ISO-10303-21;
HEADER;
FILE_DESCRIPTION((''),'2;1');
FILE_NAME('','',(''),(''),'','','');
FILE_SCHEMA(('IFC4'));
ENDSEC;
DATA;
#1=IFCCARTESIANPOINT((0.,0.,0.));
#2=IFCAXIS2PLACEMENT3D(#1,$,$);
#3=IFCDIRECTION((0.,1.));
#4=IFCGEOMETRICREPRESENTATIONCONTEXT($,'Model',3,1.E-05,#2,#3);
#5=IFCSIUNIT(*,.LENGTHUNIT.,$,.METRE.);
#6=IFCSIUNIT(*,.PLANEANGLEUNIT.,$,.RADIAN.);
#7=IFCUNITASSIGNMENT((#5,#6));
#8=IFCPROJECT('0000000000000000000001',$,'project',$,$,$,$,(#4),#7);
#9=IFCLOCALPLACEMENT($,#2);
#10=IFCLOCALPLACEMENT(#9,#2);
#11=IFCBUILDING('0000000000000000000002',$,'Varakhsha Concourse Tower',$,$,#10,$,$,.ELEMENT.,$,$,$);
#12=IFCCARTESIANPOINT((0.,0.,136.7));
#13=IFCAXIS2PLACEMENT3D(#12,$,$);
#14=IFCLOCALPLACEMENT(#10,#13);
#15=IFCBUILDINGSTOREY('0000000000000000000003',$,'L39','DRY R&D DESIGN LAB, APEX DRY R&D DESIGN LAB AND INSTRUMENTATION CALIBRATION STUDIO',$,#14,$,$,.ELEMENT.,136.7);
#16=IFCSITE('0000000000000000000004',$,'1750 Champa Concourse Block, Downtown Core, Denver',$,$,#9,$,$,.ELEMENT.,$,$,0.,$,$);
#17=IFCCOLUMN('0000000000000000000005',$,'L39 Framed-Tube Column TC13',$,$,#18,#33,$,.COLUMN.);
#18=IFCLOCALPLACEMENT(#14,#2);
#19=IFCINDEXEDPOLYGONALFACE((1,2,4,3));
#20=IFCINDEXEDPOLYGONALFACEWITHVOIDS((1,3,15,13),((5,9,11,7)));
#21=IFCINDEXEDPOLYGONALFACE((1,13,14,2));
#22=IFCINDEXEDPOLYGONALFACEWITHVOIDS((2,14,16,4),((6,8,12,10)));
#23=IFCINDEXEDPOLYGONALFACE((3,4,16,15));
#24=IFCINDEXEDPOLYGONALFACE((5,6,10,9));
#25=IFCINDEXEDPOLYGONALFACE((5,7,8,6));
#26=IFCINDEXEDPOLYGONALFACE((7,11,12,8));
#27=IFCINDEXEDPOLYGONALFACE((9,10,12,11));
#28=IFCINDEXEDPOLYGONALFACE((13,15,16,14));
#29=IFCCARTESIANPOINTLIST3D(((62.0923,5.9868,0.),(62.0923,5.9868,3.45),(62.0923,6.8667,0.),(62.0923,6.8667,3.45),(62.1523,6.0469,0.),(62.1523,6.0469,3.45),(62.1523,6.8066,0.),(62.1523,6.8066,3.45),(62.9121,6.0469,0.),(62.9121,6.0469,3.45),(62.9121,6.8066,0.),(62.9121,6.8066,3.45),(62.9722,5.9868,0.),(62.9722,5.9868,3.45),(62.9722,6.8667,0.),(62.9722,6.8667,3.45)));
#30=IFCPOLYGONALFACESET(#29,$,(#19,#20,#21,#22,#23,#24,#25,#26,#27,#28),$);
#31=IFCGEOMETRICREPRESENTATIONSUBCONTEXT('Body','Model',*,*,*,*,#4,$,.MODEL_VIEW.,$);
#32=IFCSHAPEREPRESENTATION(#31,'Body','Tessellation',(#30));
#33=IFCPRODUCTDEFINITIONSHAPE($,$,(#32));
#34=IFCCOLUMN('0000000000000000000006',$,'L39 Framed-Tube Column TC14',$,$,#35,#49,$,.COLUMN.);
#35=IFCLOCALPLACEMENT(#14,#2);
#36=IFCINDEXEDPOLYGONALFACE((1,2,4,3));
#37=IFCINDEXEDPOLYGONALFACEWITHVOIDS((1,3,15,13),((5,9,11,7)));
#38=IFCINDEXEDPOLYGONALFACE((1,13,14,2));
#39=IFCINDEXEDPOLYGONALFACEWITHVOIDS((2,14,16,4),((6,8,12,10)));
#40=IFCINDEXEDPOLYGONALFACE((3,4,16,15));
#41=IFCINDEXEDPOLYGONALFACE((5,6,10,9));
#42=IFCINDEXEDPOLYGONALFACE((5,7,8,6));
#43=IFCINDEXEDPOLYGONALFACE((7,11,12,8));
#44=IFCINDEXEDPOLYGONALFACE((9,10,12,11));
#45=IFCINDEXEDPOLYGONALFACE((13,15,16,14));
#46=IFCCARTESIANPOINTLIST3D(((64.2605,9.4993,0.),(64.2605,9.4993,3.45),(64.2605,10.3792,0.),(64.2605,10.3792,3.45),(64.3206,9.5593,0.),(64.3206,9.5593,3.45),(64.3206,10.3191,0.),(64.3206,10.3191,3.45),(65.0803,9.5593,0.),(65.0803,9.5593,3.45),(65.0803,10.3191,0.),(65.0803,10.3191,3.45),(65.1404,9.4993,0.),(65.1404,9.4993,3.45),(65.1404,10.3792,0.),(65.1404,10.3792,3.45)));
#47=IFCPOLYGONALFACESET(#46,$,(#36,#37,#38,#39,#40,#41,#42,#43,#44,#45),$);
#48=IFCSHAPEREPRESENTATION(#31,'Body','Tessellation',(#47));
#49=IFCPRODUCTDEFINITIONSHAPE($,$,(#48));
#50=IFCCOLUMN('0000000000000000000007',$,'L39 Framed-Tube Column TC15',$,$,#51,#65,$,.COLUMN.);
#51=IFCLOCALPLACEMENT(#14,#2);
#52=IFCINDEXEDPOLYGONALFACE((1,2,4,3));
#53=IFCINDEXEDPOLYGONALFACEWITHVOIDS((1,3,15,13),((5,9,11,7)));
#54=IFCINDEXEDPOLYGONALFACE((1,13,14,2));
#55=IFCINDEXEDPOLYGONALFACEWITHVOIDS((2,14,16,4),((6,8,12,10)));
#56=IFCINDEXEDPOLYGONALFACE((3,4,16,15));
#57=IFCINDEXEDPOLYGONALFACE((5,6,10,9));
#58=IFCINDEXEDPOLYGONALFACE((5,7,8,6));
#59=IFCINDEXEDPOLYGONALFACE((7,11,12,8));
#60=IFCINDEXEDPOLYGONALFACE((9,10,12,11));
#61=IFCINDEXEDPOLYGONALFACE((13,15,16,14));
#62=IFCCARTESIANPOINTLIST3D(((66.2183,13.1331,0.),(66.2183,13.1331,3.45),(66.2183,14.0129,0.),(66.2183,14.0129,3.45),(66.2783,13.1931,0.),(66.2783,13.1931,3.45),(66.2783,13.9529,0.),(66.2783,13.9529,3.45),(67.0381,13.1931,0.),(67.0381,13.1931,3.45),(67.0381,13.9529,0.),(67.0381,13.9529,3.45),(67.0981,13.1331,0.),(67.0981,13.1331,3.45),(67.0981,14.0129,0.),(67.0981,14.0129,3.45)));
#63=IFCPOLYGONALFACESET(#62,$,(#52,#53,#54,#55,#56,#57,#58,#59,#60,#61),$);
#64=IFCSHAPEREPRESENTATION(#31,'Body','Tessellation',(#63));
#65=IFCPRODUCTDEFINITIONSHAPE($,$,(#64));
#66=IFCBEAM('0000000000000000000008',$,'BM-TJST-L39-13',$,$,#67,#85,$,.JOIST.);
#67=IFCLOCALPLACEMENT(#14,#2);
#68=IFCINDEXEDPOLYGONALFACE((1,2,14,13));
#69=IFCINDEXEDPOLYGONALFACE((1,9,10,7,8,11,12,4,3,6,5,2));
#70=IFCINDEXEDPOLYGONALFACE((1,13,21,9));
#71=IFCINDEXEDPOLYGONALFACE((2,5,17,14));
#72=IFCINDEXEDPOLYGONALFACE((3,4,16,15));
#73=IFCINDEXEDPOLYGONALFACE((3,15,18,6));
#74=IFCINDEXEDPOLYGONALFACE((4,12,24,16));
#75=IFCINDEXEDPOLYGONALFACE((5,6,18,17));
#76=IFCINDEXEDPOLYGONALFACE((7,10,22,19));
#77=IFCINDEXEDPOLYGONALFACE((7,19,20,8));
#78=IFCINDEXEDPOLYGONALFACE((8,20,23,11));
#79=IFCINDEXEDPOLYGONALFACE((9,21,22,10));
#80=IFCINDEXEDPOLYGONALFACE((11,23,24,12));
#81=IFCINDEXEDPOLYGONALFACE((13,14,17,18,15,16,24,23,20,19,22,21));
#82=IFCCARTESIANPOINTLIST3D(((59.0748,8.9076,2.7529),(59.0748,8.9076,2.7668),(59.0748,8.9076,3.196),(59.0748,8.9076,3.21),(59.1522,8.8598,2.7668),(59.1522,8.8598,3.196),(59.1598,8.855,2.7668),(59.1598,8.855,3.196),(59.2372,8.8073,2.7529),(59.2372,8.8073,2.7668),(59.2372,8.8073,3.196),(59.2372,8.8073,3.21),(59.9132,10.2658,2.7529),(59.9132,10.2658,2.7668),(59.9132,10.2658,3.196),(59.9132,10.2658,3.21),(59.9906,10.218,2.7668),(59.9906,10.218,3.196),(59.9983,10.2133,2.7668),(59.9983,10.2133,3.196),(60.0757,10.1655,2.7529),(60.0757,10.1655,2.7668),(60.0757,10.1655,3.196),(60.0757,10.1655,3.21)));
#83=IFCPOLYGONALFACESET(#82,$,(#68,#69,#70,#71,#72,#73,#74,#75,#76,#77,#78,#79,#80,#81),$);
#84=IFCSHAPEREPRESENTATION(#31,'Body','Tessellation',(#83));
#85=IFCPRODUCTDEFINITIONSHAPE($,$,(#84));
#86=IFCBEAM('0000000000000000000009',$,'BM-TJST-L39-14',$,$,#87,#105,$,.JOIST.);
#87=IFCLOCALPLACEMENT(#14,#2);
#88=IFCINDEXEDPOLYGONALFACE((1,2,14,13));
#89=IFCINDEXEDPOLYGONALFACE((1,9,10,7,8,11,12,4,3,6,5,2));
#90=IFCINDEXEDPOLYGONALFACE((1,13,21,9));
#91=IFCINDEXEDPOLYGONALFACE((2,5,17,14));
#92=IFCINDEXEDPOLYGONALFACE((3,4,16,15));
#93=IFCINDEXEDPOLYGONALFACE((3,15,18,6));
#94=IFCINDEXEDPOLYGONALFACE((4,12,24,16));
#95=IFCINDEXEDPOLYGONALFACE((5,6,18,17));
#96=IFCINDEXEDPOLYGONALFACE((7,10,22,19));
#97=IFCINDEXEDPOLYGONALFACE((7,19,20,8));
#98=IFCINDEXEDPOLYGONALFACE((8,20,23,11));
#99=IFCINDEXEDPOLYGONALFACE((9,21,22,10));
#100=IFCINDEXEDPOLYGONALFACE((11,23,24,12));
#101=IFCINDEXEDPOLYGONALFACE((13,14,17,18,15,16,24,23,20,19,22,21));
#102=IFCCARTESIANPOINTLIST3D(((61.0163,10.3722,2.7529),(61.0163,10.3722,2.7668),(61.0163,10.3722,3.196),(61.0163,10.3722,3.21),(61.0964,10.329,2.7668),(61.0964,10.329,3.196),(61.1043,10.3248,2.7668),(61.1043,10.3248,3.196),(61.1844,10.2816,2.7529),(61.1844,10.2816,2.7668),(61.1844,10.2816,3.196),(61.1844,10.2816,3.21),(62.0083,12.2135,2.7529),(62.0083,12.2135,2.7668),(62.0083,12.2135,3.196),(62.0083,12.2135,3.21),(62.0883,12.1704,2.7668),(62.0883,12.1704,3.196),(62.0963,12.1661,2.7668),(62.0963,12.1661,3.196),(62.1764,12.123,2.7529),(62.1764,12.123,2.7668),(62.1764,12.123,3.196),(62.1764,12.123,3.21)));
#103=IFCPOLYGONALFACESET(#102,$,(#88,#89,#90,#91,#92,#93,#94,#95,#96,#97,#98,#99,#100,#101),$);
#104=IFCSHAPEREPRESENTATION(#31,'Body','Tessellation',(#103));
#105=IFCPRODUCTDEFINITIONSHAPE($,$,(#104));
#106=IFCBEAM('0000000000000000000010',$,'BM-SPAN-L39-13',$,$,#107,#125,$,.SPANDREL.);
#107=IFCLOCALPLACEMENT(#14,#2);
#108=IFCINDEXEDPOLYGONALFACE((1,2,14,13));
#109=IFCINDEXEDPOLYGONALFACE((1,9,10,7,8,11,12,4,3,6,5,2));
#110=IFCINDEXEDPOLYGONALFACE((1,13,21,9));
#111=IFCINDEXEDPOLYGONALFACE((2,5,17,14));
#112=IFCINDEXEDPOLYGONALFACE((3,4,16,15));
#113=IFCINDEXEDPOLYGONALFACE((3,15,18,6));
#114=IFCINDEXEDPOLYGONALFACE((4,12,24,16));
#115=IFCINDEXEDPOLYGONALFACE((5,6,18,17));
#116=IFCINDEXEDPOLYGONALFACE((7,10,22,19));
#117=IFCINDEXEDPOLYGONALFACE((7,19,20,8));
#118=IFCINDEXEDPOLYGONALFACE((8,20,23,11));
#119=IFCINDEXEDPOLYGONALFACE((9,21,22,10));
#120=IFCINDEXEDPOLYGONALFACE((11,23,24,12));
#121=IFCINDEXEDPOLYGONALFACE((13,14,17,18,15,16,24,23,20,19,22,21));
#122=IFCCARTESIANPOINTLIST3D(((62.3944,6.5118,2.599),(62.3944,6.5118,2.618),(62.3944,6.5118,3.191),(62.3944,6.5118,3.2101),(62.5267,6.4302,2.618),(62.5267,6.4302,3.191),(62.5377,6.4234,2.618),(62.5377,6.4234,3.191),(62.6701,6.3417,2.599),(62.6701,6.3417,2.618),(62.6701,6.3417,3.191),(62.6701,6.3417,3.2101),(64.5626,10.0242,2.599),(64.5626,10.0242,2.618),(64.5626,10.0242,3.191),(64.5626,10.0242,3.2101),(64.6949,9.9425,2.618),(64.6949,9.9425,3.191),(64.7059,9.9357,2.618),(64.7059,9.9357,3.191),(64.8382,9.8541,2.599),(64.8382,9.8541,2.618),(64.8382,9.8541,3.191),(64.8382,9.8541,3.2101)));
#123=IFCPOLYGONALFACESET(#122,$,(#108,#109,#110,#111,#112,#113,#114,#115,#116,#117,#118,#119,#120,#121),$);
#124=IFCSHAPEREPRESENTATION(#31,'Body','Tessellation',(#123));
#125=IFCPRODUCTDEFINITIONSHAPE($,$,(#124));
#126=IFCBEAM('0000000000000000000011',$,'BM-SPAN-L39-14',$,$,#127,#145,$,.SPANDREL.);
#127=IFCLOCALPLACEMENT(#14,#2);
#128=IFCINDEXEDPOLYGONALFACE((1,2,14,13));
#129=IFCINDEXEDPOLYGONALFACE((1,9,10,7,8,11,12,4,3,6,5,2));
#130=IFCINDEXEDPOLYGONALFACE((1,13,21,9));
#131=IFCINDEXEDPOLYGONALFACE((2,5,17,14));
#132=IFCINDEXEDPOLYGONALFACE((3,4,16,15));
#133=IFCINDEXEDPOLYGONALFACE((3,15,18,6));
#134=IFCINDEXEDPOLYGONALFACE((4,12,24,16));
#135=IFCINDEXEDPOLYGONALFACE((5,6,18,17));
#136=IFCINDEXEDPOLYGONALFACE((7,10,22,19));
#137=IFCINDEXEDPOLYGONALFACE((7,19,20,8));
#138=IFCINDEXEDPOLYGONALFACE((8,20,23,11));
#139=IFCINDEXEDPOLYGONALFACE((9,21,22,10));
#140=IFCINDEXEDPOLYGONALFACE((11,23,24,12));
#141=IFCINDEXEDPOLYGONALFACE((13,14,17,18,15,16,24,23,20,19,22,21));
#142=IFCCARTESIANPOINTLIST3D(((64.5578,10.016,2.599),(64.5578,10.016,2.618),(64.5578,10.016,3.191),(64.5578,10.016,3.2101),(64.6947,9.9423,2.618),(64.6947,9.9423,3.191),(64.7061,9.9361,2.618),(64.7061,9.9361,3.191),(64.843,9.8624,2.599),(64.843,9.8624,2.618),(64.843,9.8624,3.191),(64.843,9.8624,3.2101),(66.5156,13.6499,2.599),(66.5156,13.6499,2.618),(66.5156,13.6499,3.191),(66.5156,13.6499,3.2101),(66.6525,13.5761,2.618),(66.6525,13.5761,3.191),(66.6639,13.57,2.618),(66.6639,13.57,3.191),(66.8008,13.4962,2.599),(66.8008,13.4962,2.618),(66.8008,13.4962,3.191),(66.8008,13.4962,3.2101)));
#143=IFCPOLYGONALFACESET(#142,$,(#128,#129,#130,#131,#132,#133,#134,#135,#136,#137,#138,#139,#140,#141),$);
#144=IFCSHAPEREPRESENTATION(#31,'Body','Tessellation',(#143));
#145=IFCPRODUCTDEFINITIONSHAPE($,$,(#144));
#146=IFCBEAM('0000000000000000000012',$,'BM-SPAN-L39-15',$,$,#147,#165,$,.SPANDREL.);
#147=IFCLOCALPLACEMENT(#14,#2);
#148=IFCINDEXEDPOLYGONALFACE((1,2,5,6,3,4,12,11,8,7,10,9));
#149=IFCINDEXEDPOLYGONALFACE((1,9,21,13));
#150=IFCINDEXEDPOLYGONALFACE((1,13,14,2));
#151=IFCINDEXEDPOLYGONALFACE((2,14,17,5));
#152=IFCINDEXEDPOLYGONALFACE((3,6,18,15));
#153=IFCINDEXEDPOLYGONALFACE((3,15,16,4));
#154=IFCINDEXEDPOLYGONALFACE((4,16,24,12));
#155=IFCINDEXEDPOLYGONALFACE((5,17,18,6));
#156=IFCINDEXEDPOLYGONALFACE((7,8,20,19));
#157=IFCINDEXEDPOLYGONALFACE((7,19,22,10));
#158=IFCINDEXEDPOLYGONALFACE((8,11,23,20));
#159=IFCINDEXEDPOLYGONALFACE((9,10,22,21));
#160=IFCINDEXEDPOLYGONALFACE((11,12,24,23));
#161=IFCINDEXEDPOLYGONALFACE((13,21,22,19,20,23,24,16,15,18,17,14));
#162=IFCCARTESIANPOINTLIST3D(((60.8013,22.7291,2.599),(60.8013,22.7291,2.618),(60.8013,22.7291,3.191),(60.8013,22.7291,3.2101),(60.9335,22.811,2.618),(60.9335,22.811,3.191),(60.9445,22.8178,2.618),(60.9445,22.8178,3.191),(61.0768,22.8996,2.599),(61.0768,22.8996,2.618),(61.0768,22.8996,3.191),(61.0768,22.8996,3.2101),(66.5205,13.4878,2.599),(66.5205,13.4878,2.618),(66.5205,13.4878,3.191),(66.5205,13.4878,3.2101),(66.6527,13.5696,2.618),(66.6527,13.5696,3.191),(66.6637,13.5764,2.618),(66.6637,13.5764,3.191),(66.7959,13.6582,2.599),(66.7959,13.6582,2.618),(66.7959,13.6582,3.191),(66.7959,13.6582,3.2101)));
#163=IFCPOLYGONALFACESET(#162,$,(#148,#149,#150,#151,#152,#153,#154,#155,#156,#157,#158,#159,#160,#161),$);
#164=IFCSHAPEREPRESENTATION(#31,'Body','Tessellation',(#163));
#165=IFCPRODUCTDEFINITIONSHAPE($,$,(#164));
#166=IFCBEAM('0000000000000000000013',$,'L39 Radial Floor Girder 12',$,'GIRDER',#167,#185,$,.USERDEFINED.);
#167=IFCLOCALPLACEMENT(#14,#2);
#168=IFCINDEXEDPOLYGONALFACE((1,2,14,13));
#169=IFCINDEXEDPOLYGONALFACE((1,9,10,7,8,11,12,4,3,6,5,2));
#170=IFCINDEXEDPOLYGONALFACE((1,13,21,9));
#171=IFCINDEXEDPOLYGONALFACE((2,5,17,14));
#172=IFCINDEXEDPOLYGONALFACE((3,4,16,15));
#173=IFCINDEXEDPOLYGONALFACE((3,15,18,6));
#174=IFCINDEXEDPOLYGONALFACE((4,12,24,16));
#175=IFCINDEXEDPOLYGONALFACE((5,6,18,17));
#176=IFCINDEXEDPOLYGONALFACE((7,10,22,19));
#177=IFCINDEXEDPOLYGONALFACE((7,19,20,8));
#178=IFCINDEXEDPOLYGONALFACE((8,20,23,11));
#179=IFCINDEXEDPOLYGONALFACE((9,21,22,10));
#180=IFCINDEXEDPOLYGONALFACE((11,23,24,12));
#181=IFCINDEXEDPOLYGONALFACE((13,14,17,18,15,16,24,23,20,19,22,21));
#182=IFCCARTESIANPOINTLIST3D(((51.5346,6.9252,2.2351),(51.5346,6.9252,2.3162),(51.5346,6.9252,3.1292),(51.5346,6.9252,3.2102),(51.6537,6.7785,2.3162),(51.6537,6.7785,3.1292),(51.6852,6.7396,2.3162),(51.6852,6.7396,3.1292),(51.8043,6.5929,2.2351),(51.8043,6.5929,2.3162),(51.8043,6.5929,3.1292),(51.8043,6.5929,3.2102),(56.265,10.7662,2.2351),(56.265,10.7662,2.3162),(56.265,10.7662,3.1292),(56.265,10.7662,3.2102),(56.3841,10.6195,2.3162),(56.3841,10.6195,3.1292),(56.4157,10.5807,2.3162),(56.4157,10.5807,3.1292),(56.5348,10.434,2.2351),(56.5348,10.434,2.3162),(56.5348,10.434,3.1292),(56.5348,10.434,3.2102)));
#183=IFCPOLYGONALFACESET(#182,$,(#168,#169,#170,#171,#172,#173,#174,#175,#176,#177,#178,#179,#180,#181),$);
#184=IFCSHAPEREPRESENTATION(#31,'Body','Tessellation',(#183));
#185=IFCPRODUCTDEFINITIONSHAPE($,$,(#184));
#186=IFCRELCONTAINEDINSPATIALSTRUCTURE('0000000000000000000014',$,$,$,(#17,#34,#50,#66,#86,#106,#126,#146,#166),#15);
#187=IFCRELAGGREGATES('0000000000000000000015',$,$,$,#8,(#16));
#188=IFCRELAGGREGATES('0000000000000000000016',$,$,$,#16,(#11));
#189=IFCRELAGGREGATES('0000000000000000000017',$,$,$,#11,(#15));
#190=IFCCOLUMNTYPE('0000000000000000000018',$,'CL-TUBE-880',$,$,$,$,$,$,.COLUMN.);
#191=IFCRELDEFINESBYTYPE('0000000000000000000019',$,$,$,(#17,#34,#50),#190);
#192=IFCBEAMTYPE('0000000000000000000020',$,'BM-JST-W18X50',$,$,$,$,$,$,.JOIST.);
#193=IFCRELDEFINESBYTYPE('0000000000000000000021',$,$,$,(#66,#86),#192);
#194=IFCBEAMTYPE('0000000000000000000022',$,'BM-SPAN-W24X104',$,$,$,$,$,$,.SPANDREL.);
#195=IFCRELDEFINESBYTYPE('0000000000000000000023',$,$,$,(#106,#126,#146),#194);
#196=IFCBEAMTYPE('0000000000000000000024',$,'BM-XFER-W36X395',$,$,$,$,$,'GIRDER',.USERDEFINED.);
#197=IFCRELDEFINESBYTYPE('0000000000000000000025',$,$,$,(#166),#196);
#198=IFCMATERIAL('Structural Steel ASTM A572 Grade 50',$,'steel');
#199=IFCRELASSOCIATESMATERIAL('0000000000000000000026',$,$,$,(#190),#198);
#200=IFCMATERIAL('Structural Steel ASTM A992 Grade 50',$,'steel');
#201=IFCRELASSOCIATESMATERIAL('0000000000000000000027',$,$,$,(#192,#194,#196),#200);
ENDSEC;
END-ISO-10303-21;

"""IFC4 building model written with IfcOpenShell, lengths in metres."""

from ifc_helpers import new_model, si_unit, direction, frame, origin, origin_2d, place, context, subcontext, project, spatial, hollow_rectangle, i_section, extrude, material, material_profile, profile_set, type_object, element, save


model = new_model("IFC4")

# Units and contexts
model_context = context("Model", 3, precision=1e-05, world=origin(), true_north=direction((0.0, 1.0)))
body_context = subcontext(model_context, "Body", "Model", "MODEL_VIEW")
ifc_project = project(units=[si_unit("LENGTHUNIT", "METRE"), si_unit("PLANEANGLEUNIT", "RADIAN")], contexts=[model_context])

# Site, building, storey
site_placement = place(None, origin())
site = spatial("IfcSite", under=ifc_project, at=site_placement, Name="1750 Champa Concourse Block, Downtown Core, Denver", CompositionType="ELEMENT", RefElevation=0.0)
building_placement = place(site_placement, origin())
building = spatial("IfcBuilding", under=site, at=building_placement, Name="Varakhsha Concourse Tower", CompositionType="ELEMENT")
storey_placement = place(building_placement, frame((0.0, 0.0, 136.7)))
storey = spatial("IfcBuildingStorey", under=building, at=storey_placement, Name="L39", Description="DRY R&D DESIGN LAB, APEX DRY R&D DESIGN LAB AND INSTRUMENTATION CALIBRATION STUDIO", CompositionType="ELEMENT", Elevation=136.7)

# Columns
ifc_material_1 = material(Name="Structural Steel ASTM A572 Grade 50", Category="steel")
ifc_material_profile_1 = material_profile(ifc_material_1, hollow_rectangle(XDim=0.8799, YDim=0.8799, WallThickness=0.0601, at=origin_2d()), Name="BOX 880x880x60")
ifc_profile_set_1 = profile_set([ifc_material_profile_1], Name="Structural Steel ASTM A572 Grade 50")
column_type = type_object("IfcColumnType", Name="CL-TUBE-880", PredefinedType="COLUMN", material=ifc_profile_set_1)
for number, where, z_axis, x_axis, name in (
    (1, (62.5322, 6.4268, 0.0), (0.0, 0.0, 1.0), (1.0, 0.0, 0.0), "L39 Framed-Tube Column TC13"),
    (2, (64.7004, 9.9392, 0.0), (0.0, 0.0, 1.0), (1.0, 0.0, 0.0), "L39 Framed-Tube Column TC14"),
    (3, (66.6582, 13.573, 0.0), (0.0, 0.0, 1.0), (1.0, 0.0, 0.0), "L39 Framed-Tube Column TC15"),
):
    element("IfcColumn", number, at=place(storey_placement, frame(where, z_axis=z_axis, x_axis=x_axis)), inside=storey, type_object=column_type, Name=name, PredefinedType="COLUMN", context=body_context, shape_type="SweptSolid", body=[
        extrude(hollow_rectangle(XDim=0.8799, YDim=0.8799, WallThickness=0.0601, at=origin_2d()), origin(), (0.0, 0.0, 1.0), 3.45),
    ])

# Beams
ifc_material_2 = material(Name="Structural Steel ASTM A992 Grade 50", Category="steel")
ifc_material_profile_2 = material_profile(ifc_material_2, i_section(OverallWidth=0.1909, OverallDepth=0.457, WebThickness=0.009, FlangeThickness=0.0139, at=origin_2d()), Name="W18X50")
ifc_profile_set_2 = profile_set([ifc_material_profile_2], Name="Structural Steel ASTM A992 Grade 50")
beam_type_1 = type_object("IfcBeamType", Name="BM-JST-W18X50", PredefinedType="JOIST", material=ifc_profile_set_2)
beam_1_placement = place(storey_placement, frame((59.156, 8.8574, 2.9814), z_axis=(0.525275, 0.850933, 0.0), x_axis=(-0.850933, 0.525275, 0.0)))
element("IfcBeam", 4, at=beam_1_placement, inside=storey, type_object=beam_type_1, Name="BM-TJST-L39-13", PredefinedType="JOIST", context=body_context, shape_type="SweptSolid", body=[
    extrude(i_section(OverallWidth=0.1909, OverallDepth=0.457, WebThickness=0.009, FlangeThickness=0.0139, at=origin_2d()), origin(), (0.0, 0.0, 1.0), 1.5962),
])
beam_2_placement = place(storey_placement, frame((61.1003, 10.3269, 2.9814), z_axis=(0.474274, 0.880377, 0.0), x_axis=(-0.880377, 0.474274, 0.0)))
element("IfcBeam", 5, at=beam_2_placement, inside=storey, type_object=beam_type_1, Name="BM-TJST-L39-14", PredefinedType="JOIST", context=body_context, shape_type="SweptSolid", body=[
    extrude(i_section(OverallWidth=0.1909, OverallDepth=0.457, WebThickness=0.009, FlangeThickness=0.0139, at=origin_2d()), origin(), (0.0, 0.0, 1.0), 2.0916),
])
ifc_material_profile_3 = material_profile(ifc_material_2, i_section(OverallWidth=0.324, OverallDepth=0.6111, WebThickness=0.0129, FlangeThickness=0.019, at=origin_2d()), Name="W24X104")
ifc_profile_set_3 = profile_set([ifc_material_profile_3], Name="Structural Steel ASTM A992 Grade 50")
beam_type_2 = type_object("IfcBeamType", Name="BM-SPAN-W24X104", PredefinedType="SPANDREL", material=ifc_profile_set_3)
for number, where, z_axis, x_axis, name in (
    (6, (62.5322, 6.4268, 2.9045), (0.525275, 0.850933, 0.0), (-0.850933, 0.525275, 0.0), "BM-SPAN-L39-13"),
    (7, (64.7004, 9.9392, 2.9045), (0.474308, 0.880359, 0.0), (-0.880359, 0.474308, 0.0), "BM-SPAN-L39-14"),
):
    element("IfcBeam", number, at=place(storey_placement, frame(where, z_axis=z_axis, x_axis=x_axis)), inside=storey, type_object=beam_type_2, Name=name, PredefinedType="SPANDREL", context=body_context, shape_type="SweptSolid", body=[
        extrude(i_section(OverallWidth=0.324, OverallDepth=0.6111, WebThickness=0.0129, FlangeThickness=0.019, at=origin_2d()), origin(), (0.0, 0.0, 1.0), 4.1277),
    ])
beam_3_placement = place(storey_placement, frame((66.6582, 13.573, 2.9045), z_axis=(-0.526244, 0.850334, 0.0), x_axis=(-0.850334, -0.526244, 0.0)))
element("IfcBeam", 8, at=beam_3_placement, inside=storey, type_object=beam_type_2, Name="BM-SPAN-L39-15", PredefinedType="SPANDREL", context=body_context, shape_type="SweptSolid", body=[
    extrude(i_section(OverallWidth=0.324, OverallDepth=0.6111, WebThickness=0.0129, FlangeThickness=0.019, at=origin_2d()), origin(), (0.0, 0.0, 1.0), 10.8679),
])
ifc_material_profile_4 = material_profile(ifc_material_2, i_section(OverallWidth=0.428, OverallDepth=0.9751, WebThickness=0.05, FlangeThickness=0.0811, at=origin_2d()), Name="W36X395")
ifc_profile_set_4 = profile_set([ifc_material_profile_4], Name="Structural Steel ASTM A992 Grade 50")
beam_type_3 = type_object("IfcBeamType", Name="BM-XFER-W36X395", ElementType="GIRDER", PredefinedType="USERDEFINED", material=ifc_profile_set_4)
beam_4_placement = place(storey_placement, frame((56.3999, 10.6001, 2.7227), z_axis=(-0.77631, -0.630351, 0.0), x_axis=(0.630351, -0.77631, 0.0)))
element("IfcBeam", 9, at=beam_4_placement, inside=storey, type_object=beam_type_3, Name="L39 Radial Floor Girder 12", ObjectType="GIRDER", PredefinedType="USERDEFINED", context=body_context, shape_type="SweptSolid", body=[
    extrude(i_section(OverallWidth=0.428, OverallDepth=0.9751, WebThickness=0.05, FlangeThickness=0.0811, at=origin_2d()), origin(), (0.0, 0.0, 1.0), 6.0935),
])

save(model, "model.ifc")
